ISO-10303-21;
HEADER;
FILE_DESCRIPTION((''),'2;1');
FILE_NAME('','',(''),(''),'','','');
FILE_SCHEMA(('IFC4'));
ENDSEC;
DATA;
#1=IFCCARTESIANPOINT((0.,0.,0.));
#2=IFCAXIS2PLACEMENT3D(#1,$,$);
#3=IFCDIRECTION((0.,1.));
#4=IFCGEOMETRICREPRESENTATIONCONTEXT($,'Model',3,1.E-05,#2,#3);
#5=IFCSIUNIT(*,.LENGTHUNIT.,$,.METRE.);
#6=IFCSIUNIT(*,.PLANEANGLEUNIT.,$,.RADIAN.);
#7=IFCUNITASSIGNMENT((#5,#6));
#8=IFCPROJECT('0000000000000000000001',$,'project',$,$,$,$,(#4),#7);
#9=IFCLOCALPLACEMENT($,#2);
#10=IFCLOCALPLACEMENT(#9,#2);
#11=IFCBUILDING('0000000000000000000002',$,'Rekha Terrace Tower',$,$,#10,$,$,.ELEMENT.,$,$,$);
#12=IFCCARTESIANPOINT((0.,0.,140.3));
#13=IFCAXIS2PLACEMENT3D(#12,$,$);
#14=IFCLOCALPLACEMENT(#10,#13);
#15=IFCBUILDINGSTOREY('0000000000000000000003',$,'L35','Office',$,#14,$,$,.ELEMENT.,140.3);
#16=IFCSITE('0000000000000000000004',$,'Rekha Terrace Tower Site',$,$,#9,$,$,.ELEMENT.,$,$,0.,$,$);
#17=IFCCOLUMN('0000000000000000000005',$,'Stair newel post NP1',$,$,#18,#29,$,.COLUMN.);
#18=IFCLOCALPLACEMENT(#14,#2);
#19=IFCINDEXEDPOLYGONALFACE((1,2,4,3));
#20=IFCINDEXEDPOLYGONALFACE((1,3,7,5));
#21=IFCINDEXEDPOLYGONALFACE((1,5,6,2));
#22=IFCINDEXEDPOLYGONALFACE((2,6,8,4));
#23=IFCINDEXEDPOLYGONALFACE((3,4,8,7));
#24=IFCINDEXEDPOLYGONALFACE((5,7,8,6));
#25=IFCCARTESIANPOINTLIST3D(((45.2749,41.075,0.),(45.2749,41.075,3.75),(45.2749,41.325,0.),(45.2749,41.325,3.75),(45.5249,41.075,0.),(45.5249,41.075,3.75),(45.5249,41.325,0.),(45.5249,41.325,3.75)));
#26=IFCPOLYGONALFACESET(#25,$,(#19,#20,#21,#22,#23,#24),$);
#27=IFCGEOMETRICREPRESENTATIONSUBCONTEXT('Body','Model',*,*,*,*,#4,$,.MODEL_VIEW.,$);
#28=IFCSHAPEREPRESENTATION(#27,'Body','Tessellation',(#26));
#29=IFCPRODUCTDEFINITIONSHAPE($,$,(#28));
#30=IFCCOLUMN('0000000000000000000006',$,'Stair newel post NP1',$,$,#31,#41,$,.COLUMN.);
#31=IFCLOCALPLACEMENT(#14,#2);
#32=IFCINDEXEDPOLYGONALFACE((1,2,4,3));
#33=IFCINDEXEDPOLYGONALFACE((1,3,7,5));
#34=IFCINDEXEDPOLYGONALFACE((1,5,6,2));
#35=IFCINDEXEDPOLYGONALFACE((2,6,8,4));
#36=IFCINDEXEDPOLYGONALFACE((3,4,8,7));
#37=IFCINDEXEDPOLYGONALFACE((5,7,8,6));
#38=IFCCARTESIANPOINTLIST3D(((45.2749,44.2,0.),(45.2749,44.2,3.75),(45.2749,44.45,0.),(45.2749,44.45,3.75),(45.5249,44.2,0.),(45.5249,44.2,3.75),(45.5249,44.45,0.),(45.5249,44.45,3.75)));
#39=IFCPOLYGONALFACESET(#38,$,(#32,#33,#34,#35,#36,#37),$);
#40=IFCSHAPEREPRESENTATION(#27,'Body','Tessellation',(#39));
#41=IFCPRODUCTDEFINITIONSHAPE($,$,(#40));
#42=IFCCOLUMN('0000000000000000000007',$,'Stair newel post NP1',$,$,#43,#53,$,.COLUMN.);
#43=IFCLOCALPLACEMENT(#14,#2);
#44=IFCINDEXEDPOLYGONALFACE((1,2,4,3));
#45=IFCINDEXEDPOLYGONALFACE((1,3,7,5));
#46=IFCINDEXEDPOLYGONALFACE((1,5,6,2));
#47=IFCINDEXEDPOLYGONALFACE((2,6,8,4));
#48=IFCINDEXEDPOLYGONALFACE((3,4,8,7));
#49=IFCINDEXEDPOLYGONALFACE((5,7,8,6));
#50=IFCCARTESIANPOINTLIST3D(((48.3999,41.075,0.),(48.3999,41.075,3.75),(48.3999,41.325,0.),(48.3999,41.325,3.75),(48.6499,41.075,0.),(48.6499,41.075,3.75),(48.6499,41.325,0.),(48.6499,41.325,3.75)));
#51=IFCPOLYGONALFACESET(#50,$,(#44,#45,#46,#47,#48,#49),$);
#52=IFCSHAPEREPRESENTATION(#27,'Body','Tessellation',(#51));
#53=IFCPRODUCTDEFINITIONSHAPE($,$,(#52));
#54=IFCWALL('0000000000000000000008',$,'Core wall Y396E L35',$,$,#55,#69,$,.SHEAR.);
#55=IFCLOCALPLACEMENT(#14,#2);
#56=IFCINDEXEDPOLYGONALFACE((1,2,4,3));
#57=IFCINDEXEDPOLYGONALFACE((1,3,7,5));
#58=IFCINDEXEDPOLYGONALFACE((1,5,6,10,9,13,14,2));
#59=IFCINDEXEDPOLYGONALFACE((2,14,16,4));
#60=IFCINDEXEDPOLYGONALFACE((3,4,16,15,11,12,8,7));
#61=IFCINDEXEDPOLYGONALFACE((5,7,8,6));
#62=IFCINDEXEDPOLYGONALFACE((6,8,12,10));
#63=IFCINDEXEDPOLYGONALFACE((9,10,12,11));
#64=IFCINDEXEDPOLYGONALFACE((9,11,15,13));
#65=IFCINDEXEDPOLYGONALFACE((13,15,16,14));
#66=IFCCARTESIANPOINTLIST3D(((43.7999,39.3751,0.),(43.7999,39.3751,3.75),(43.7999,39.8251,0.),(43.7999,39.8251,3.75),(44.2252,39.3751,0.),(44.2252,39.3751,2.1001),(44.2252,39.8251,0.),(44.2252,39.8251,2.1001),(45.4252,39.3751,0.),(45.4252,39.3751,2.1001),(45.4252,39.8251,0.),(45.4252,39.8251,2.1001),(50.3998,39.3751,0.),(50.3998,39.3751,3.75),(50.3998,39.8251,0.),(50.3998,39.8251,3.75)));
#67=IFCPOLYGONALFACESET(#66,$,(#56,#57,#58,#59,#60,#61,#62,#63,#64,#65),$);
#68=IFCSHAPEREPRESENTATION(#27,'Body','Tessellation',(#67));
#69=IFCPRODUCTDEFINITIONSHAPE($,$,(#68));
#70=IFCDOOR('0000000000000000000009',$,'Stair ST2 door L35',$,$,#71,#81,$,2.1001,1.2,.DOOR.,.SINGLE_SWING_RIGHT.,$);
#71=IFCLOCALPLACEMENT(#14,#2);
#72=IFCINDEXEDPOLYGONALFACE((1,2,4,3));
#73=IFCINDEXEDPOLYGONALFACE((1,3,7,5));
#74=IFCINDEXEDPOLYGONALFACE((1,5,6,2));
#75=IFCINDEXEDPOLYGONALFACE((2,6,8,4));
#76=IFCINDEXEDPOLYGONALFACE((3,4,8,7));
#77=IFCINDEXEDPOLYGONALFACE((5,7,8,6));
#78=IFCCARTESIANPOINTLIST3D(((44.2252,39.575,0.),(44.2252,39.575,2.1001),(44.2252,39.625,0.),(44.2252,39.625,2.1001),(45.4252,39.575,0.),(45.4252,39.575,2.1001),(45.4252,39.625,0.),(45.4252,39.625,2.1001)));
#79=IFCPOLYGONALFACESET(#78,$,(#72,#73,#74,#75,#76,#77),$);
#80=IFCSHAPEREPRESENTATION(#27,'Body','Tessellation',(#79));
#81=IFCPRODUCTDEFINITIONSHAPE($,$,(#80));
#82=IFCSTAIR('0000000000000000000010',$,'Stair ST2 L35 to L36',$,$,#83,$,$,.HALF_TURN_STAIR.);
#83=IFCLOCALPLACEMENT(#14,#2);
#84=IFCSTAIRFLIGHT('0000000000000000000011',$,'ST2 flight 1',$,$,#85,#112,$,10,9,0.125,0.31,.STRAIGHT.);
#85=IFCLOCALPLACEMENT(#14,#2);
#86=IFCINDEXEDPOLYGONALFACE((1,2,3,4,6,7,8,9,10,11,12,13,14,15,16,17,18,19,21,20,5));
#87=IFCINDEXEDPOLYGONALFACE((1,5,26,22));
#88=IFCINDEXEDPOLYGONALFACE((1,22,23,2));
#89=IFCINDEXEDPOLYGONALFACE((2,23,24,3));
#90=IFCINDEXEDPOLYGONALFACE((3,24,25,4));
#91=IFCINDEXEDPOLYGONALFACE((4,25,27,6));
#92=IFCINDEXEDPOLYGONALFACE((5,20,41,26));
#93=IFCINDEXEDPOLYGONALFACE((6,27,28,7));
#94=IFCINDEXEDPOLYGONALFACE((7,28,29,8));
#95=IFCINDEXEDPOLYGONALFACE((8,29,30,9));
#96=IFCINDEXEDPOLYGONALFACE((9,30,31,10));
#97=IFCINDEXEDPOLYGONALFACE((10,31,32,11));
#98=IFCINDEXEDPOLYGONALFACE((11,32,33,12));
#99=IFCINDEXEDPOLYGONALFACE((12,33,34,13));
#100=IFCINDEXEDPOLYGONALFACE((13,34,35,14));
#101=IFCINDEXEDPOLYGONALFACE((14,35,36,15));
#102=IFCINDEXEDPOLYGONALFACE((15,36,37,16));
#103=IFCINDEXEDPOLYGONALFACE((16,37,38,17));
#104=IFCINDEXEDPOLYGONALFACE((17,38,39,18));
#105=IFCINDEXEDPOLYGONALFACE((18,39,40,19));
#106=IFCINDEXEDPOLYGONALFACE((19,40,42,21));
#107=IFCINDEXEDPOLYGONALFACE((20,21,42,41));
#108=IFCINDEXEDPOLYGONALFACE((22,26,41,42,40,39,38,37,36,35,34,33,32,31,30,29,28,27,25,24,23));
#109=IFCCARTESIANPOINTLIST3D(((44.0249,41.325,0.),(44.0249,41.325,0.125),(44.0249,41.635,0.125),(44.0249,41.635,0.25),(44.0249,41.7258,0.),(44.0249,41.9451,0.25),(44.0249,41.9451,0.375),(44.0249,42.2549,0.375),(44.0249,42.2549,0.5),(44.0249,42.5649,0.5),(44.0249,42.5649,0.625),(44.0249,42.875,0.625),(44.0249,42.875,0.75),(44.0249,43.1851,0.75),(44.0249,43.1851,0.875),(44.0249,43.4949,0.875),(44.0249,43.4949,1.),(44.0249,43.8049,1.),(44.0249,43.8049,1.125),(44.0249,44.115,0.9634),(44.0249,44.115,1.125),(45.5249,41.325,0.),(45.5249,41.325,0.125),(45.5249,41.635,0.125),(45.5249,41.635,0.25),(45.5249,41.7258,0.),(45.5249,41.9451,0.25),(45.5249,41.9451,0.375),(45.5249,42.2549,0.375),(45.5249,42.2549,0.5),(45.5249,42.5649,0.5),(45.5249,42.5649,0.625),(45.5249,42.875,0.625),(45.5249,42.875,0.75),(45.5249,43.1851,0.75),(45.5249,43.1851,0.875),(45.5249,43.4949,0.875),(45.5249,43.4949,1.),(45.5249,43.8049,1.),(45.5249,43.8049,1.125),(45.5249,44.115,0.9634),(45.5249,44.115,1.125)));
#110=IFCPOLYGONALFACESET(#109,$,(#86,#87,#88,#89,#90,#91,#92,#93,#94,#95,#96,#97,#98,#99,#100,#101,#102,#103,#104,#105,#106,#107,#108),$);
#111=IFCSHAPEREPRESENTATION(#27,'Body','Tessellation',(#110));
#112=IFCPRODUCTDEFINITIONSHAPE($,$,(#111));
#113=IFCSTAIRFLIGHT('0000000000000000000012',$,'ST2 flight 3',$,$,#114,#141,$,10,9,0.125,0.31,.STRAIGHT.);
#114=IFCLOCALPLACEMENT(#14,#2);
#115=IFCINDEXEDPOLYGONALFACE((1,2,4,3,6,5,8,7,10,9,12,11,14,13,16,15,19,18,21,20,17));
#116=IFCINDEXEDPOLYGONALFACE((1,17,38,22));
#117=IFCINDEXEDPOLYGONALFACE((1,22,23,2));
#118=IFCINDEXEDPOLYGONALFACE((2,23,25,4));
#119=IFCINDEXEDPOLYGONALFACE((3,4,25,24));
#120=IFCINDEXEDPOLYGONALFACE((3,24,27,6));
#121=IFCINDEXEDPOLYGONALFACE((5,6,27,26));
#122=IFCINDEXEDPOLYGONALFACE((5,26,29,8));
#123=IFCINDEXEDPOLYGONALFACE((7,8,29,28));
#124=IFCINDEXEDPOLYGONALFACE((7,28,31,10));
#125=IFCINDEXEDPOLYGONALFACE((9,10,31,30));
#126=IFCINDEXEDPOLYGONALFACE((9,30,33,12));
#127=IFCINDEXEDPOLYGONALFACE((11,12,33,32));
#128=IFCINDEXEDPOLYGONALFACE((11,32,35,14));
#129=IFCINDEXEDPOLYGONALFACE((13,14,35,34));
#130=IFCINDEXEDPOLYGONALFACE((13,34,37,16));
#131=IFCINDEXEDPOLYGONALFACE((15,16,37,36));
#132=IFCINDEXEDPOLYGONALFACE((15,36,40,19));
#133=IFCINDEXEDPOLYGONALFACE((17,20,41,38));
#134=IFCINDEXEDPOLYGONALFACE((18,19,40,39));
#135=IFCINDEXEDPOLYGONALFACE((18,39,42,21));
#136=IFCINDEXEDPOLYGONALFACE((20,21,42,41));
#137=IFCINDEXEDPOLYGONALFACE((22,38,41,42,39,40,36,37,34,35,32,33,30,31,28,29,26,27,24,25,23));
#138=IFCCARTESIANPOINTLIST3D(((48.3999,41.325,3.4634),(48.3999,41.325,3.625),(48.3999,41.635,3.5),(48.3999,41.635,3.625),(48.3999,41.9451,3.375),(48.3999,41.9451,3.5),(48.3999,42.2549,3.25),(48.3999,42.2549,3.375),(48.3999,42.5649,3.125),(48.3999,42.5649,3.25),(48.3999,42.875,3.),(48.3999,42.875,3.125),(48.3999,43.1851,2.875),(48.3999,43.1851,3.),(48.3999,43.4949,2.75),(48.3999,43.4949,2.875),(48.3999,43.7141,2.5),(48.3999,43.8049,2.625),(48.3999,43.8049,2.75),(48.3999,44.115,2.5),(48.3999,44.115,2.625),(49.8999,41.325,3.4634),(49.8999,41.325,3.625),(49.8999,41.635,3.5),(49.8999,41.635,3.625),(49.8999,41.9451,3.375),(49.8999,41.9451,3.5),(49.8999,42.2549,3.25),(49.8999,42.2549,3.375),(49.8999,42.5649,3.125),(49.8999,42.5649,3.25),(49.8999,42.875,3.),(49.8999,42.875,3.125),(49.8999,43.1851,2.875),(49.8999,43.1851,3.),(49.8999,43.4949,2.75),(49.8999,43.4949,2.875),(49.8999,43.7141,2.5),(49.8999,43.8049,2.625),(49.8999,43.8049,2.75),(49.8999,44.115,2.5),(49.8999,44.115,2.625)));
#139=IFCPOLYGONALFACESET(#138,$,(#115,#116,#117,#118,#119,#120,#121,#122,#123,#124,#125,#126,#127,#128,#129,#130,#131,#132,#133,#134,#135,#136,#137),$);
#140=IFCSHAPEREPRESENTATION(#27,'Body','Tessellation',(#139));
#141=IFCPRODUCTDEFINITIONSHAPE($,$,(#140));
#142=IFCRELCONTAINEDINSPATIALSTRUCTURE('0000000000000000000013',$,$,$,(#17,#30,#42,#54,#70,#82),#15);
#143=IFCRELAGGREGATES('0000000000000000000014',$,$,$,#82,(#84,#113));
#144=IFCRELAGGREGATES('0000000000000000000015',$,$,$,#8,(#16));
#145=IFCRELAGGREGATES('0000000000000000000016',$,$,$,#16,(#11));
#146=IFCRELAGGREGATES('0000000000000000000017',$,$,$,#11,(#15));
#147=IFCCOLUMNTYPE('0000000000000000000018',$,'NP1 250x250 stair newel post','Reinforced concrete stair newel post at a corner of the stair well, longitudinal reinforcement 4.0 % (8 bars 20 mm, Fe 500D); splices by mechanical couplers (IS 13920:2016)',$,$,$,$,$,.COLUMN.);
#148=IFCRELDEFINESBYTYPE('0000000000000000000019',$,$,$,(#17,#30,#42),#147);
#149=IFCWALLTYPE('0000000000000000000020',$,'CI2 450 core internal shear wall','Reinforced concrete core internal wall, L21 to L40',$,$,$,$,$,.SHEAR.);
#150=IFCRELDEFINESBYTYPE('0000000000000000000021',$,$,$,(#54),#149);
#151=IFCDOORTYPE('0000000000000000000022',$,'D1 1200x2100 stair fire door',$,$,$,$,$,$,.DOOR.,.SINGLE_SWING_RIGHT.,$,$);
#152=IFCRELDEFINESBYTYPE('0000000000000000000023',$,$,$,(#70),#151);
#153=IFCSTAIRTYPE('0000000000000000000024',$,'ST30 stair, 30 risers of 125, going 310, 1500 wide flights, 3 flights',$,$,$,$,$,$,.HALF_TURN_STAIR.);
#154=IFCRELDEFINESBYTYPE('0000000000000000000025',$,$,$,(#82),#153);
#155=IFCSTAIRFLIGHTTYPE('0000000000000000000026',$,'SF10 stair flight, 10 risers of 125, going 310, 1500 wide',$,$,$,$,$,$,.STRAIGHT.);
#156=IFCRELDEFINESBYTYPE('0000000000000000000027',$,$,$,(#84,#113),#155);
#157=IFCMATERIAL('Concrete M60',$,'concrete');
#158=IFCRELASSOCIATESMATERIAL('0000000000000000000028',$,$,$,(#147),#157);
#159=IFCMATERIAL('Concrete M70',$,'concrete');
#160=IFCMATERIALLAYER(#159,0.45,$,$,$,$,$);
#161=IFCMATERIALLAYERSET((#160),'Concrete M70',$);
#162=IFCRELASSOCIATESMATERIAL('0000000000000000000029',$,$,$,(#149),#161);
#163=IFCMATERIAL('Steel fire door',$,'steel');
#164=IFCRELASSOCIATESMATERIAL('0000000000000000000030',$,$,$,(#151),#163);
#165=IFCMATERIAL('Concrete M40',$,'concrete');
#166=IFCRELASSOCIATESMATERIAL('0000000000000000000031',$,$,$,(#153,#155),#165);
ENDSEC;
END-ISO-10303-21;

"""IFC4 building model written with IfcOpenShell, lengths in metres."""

from ifc_helpers import new_model, si_unit, direction, frame, frame_2d, origin, origin_2d, place, context, subcontext, project, spatial, polyline, rectangle, outline, extrude, material, layer, layer_set, material_profile, profile_set, type_object, element, fill, aggregate, save


model = new_model("IFC4")

# Units and contexts
model_context = context("Model", 3, precision=1e-05, world=origin(), true_north=direction((0.0, 1.0)))
body_context = subcontext(model_context, "Body", "Model", "MODEL_VIEW")
ifc_project = project(units=[si_unit("LENGTHUNIT", "METRE"), si_unit("PLANEANGLEUNIT", "RADIAN")], contexts=[model_context])

# Site, building, storey
site_placement = place(None, origin())
site = spatial("IfcSite", under=ifc_project, at=site_placement, Name="Rekha Terrace Tower Site", CompositionType="ELEMENT", RefElevation=0.0)
building_placement = place(site_placement, origin())
building = spatial("IfcBuilding", under=site, at=building_placement, Name="Rekha Terrace Tower", CompositionType="ELEMENT")
storey_placement = place(building_placement, frame((0.0, 0.0, 140.3)))
storey = spatial("IfcBuildingStorey", under=building, at=storey_placement, Name="L35", Description="Office", CompositionType="ELEMENT", Elevation=140.3)

# Columns
ifc_material_1 = material(Name="Concrete M60", Category="concrete")
ifc_material_profile = material_profile(ifc_material_1, rectangle(XDim=0.25, YDim=0.25, at=origin_2d()), Name="RC 250x250")
ifc_profile_set = profile_set([ifc_material_profile], Name="Concrete M60")
column_type = type_object("IfcColumnType", Name="NP1 250x250 stair newel post", Description="Reinforced concrete stair newel post at a corner of the stair well, longitudinal reinforcement 4.0 % (8 bars 20 mm, Fe 500D); splices by mechanical couplers (IS 13920:2016)", PredefinedType="COLUMN", material=ifc_profile_set)
for number, where, z_axis, x_axis, name in (
    (1, (45.3999, 41.2, 0.0), (0.0, 0.0, 1.0), (1.0, 0.0, 0.0), "Stair newel post NP1"),
    (2, (45.3999, 44.325, 0.0), (0.0, 0.0, 1.0), (1.0, 0.0, 0.0), "Stair newel post NP1"),
    (3, (48.5249, 41.2, 0.0), (0.0, 0.0, 1.0), (1.0, 0.0, 0.0), "Stair newel post NP1"),
):
    element("IfcColumn", number, at=place(storey_placement, frame(where, z_axis=z_axis, x_axis=x_axis)), inside=storey, type_object=column_type, Name=name, PredefinedType="COLUMN", context=body_context, shape_type="SweptSolid", body=[
        extrude(rectangle(XDim=0.25, YDim=0.25, at=origin_2d()), origin(), (0.0, 0.0, 1.0), 3.75),
    ])

# Wall, opening, door
ifc_material_2 = material(Name="Concrete M70", Category="concrete")
ifc_layer = layer(ifc_material_2, 0.45)
ifc_layer_set = layer_set([ifc_layer], Name="Concrete M70")
wall_type = type_object("IfcWallType", Name="CI2 450 core internal shear wall", Description="Reinforced concrete core internal wall, L21 to L40", PredefinedType="SHEAR", material=ifc_layer_set)
wall_placement = place(storey_placement, frame((43.8, 39.6001, 0.0), z_axis=(0.0, 0.0, 1.0), x_axis=(1.0, 0.0, 0.0)))
wall = element("IfcWall", 4, at=wall_placement, inside=storey, type_object=wall_type, Name="Core wall Y396E L35", PredefinedType="SHEAR", context=body_context, shape_type="SweptSolid", body=[
    extrude(rectangle(XDim=6.5999, YDim=0.45, at=frame_2d((3.2998, 0.0))), origin(), (0.0, 0.0, 1.0), 3.75),
])
opening_placement = place(wall_placement, frame((0.425, 0.0, 0.0)))
opening = element("IfcOpeningElement", 5, at=opening_placement, cuts=wall, PredefinedType="OPENING", context=body_context, shape_type="SweptSolid", body=[
    extrude(rectangle(XDim=1.2, YDim=2.1001, at=frame_2d((0.6001, 1.05))), frame((0.0, 0.2349, 0.0), z_axis=(0.0, -1.0, 0.0), x_axis=(1.0, 0.0, 0.0)), (0.0, 0.0, 1.0), 0.47),
])
ifc_material_3 = material(Name="Steel fire door", Category="steel")
door_type = type_object("IfcDoorType", Name="D1 1200x2100 stair fire door", OperationType="SINGLE_SWING_RIGHT", PredefinedType="DOOR", material=ifc_material_3)
door_placement = place(opening_placement, origin())
door = element("IfcDoor", 6, at=door_placement, inside=storey, type_object=door_type, Name="Stair ST2 door L35", OperationType="SINGLE_SWING_RIGHT", OverallHeight=2.1001, OverallWidth=1.2, PredefinedType="DOOR", context=body_context, shape_type="SweptSolid", body=[
    extrude(rectangle(XDim=1.2, YDim=2.1001, at=frame_2d((0.6001, 1.05))), frame((0.0, 0.0249, 0.0), z_axis=(0.0, -1.0, 0.0), x_axis=(1.0, 0.0, 0.0)), (0.0, 0.0, 1.0), 0.05),
])
fill(opening, door)

# Stair, stair flights
ifc_material_4 = material(Name="Concrete M40", Category="concrete")
stair_type = type_object("IfcStairType", Name="ST30 stair, 30 risers of 125, going 310, 1500 wide flights, 3 flights", PredefinedType="HALF_TURN_STAIR", material=ifc_material_4)
stair_placement = place(storey_placement, origin())
stair = element("IfcStair", 7, at=stair_placement, inside=storey, type_object=stair_type, Name="Stair ST2 L35 to L36", PredefinedType="HALF_TURN_STAIR")
stair_flight_type = type_object("IfcStairFlightType", Name="SF10 stair flight, 10 risers of 125, going 310, 1500 wide", PredefinedType="STRAIGHT", material=ifc_material_4)
stair_flight_1_placement = place(storey_placement, frame((44.7749, 41.325, 0.0), z_axis=(0.0, 0.0, 1.0), x_axis=(0.0, 1.0, 0.0)))
stair_flight_1 = element("IfcStairFlight", 8, at=stair_flight_1_placement, type_object=stair_flight_type, Name="ST2 flight 1", NumberOfRisers=10, NumberOfTreads=9, PredefinedType="STRAIGHT", RiserHeight=0.125, TreadLength=0.31, context=body_context, shape_type="SweptSolid", body=[
    extrude(outline(polyline([(0.0, 0.0), (0.0, 0.125), (0.3101, 0.125), (0.3101, 0.25), (0.6201, 0.25), (0.6201, 0.375), (0.9299, 0.375), (0.9299, 0.5), (1.24, 0.5), (1.24, 0.625), (1.55, 0.625), (1.55, 0.75), (1.8601, 0.75), (1.8601, 0.875), (2.1699, 0.875), (2.1699, 1.0), (2.48, 1.0), (2.48, 1.125), (2.79, 1.125), (2.79, 1.25), (2.79, 0.9634), (0.4009, 0.0), (0.0, 0.0)])), frame((0.0, 0.75, 0.0), z_axis=(0.0, -1.0, 0.0), x_axis=(1.0, 0.0, 0.0)), (0.0, 0.0, 1.0), 1.5),
])
stair_flight_2_placement = place(storey_placement, frame((49.1499, 44.115, 2.5), z_axis=(0.0, 0.0, 1.0), x_axis=(0.0, -1.0, 0.0)))
stair_flight_2 = element("IfcStairFlight", 9, at=stair_flight_2_placement, type_object=stair_flight_type, Name="ST2 flight 3", NumberOfRisers=10, NumberOfTreads=9, PredefinedType="STRAIGHT", RiserHeight=0.125, TreadLength=0.31, context=body_context, shape_type="SweptSolid", body=[
    extrude(outline(polyline([(0.0, 0.0), (0.0, 0.125), (0.3101, 0.125), (0.3101, 0.25), (0.6201, 0.25), (0.6201, 0.375), (0.9299, 0.375), (0.9299, 0.5), (1.24, 0.5), (1.24, 0.625), (1.55, 0.625), (1.55, 0.75), (1.8601, 0.75), (1.8601, 0.875), (2.1699, 0.875), (2.1699, 1.0), (2.48, 1.0), (2.48, 1.125), (2.79, 1.125), (2.79, 1.25), (2.79, 0.9634), (0.4009, 0.0), (0.0, 0.0)])), frame((0.0, 0.75, 0.0), z_axis=(0.0, -1.0, 0.0), x_axis=(1.0, 0.0, 0.0)), (0.0, 0.0, 1.0), 1.5),
])
aggregate(stair, [stair_flight_1, stair_flight_2])

save(model, "model.ifc")
